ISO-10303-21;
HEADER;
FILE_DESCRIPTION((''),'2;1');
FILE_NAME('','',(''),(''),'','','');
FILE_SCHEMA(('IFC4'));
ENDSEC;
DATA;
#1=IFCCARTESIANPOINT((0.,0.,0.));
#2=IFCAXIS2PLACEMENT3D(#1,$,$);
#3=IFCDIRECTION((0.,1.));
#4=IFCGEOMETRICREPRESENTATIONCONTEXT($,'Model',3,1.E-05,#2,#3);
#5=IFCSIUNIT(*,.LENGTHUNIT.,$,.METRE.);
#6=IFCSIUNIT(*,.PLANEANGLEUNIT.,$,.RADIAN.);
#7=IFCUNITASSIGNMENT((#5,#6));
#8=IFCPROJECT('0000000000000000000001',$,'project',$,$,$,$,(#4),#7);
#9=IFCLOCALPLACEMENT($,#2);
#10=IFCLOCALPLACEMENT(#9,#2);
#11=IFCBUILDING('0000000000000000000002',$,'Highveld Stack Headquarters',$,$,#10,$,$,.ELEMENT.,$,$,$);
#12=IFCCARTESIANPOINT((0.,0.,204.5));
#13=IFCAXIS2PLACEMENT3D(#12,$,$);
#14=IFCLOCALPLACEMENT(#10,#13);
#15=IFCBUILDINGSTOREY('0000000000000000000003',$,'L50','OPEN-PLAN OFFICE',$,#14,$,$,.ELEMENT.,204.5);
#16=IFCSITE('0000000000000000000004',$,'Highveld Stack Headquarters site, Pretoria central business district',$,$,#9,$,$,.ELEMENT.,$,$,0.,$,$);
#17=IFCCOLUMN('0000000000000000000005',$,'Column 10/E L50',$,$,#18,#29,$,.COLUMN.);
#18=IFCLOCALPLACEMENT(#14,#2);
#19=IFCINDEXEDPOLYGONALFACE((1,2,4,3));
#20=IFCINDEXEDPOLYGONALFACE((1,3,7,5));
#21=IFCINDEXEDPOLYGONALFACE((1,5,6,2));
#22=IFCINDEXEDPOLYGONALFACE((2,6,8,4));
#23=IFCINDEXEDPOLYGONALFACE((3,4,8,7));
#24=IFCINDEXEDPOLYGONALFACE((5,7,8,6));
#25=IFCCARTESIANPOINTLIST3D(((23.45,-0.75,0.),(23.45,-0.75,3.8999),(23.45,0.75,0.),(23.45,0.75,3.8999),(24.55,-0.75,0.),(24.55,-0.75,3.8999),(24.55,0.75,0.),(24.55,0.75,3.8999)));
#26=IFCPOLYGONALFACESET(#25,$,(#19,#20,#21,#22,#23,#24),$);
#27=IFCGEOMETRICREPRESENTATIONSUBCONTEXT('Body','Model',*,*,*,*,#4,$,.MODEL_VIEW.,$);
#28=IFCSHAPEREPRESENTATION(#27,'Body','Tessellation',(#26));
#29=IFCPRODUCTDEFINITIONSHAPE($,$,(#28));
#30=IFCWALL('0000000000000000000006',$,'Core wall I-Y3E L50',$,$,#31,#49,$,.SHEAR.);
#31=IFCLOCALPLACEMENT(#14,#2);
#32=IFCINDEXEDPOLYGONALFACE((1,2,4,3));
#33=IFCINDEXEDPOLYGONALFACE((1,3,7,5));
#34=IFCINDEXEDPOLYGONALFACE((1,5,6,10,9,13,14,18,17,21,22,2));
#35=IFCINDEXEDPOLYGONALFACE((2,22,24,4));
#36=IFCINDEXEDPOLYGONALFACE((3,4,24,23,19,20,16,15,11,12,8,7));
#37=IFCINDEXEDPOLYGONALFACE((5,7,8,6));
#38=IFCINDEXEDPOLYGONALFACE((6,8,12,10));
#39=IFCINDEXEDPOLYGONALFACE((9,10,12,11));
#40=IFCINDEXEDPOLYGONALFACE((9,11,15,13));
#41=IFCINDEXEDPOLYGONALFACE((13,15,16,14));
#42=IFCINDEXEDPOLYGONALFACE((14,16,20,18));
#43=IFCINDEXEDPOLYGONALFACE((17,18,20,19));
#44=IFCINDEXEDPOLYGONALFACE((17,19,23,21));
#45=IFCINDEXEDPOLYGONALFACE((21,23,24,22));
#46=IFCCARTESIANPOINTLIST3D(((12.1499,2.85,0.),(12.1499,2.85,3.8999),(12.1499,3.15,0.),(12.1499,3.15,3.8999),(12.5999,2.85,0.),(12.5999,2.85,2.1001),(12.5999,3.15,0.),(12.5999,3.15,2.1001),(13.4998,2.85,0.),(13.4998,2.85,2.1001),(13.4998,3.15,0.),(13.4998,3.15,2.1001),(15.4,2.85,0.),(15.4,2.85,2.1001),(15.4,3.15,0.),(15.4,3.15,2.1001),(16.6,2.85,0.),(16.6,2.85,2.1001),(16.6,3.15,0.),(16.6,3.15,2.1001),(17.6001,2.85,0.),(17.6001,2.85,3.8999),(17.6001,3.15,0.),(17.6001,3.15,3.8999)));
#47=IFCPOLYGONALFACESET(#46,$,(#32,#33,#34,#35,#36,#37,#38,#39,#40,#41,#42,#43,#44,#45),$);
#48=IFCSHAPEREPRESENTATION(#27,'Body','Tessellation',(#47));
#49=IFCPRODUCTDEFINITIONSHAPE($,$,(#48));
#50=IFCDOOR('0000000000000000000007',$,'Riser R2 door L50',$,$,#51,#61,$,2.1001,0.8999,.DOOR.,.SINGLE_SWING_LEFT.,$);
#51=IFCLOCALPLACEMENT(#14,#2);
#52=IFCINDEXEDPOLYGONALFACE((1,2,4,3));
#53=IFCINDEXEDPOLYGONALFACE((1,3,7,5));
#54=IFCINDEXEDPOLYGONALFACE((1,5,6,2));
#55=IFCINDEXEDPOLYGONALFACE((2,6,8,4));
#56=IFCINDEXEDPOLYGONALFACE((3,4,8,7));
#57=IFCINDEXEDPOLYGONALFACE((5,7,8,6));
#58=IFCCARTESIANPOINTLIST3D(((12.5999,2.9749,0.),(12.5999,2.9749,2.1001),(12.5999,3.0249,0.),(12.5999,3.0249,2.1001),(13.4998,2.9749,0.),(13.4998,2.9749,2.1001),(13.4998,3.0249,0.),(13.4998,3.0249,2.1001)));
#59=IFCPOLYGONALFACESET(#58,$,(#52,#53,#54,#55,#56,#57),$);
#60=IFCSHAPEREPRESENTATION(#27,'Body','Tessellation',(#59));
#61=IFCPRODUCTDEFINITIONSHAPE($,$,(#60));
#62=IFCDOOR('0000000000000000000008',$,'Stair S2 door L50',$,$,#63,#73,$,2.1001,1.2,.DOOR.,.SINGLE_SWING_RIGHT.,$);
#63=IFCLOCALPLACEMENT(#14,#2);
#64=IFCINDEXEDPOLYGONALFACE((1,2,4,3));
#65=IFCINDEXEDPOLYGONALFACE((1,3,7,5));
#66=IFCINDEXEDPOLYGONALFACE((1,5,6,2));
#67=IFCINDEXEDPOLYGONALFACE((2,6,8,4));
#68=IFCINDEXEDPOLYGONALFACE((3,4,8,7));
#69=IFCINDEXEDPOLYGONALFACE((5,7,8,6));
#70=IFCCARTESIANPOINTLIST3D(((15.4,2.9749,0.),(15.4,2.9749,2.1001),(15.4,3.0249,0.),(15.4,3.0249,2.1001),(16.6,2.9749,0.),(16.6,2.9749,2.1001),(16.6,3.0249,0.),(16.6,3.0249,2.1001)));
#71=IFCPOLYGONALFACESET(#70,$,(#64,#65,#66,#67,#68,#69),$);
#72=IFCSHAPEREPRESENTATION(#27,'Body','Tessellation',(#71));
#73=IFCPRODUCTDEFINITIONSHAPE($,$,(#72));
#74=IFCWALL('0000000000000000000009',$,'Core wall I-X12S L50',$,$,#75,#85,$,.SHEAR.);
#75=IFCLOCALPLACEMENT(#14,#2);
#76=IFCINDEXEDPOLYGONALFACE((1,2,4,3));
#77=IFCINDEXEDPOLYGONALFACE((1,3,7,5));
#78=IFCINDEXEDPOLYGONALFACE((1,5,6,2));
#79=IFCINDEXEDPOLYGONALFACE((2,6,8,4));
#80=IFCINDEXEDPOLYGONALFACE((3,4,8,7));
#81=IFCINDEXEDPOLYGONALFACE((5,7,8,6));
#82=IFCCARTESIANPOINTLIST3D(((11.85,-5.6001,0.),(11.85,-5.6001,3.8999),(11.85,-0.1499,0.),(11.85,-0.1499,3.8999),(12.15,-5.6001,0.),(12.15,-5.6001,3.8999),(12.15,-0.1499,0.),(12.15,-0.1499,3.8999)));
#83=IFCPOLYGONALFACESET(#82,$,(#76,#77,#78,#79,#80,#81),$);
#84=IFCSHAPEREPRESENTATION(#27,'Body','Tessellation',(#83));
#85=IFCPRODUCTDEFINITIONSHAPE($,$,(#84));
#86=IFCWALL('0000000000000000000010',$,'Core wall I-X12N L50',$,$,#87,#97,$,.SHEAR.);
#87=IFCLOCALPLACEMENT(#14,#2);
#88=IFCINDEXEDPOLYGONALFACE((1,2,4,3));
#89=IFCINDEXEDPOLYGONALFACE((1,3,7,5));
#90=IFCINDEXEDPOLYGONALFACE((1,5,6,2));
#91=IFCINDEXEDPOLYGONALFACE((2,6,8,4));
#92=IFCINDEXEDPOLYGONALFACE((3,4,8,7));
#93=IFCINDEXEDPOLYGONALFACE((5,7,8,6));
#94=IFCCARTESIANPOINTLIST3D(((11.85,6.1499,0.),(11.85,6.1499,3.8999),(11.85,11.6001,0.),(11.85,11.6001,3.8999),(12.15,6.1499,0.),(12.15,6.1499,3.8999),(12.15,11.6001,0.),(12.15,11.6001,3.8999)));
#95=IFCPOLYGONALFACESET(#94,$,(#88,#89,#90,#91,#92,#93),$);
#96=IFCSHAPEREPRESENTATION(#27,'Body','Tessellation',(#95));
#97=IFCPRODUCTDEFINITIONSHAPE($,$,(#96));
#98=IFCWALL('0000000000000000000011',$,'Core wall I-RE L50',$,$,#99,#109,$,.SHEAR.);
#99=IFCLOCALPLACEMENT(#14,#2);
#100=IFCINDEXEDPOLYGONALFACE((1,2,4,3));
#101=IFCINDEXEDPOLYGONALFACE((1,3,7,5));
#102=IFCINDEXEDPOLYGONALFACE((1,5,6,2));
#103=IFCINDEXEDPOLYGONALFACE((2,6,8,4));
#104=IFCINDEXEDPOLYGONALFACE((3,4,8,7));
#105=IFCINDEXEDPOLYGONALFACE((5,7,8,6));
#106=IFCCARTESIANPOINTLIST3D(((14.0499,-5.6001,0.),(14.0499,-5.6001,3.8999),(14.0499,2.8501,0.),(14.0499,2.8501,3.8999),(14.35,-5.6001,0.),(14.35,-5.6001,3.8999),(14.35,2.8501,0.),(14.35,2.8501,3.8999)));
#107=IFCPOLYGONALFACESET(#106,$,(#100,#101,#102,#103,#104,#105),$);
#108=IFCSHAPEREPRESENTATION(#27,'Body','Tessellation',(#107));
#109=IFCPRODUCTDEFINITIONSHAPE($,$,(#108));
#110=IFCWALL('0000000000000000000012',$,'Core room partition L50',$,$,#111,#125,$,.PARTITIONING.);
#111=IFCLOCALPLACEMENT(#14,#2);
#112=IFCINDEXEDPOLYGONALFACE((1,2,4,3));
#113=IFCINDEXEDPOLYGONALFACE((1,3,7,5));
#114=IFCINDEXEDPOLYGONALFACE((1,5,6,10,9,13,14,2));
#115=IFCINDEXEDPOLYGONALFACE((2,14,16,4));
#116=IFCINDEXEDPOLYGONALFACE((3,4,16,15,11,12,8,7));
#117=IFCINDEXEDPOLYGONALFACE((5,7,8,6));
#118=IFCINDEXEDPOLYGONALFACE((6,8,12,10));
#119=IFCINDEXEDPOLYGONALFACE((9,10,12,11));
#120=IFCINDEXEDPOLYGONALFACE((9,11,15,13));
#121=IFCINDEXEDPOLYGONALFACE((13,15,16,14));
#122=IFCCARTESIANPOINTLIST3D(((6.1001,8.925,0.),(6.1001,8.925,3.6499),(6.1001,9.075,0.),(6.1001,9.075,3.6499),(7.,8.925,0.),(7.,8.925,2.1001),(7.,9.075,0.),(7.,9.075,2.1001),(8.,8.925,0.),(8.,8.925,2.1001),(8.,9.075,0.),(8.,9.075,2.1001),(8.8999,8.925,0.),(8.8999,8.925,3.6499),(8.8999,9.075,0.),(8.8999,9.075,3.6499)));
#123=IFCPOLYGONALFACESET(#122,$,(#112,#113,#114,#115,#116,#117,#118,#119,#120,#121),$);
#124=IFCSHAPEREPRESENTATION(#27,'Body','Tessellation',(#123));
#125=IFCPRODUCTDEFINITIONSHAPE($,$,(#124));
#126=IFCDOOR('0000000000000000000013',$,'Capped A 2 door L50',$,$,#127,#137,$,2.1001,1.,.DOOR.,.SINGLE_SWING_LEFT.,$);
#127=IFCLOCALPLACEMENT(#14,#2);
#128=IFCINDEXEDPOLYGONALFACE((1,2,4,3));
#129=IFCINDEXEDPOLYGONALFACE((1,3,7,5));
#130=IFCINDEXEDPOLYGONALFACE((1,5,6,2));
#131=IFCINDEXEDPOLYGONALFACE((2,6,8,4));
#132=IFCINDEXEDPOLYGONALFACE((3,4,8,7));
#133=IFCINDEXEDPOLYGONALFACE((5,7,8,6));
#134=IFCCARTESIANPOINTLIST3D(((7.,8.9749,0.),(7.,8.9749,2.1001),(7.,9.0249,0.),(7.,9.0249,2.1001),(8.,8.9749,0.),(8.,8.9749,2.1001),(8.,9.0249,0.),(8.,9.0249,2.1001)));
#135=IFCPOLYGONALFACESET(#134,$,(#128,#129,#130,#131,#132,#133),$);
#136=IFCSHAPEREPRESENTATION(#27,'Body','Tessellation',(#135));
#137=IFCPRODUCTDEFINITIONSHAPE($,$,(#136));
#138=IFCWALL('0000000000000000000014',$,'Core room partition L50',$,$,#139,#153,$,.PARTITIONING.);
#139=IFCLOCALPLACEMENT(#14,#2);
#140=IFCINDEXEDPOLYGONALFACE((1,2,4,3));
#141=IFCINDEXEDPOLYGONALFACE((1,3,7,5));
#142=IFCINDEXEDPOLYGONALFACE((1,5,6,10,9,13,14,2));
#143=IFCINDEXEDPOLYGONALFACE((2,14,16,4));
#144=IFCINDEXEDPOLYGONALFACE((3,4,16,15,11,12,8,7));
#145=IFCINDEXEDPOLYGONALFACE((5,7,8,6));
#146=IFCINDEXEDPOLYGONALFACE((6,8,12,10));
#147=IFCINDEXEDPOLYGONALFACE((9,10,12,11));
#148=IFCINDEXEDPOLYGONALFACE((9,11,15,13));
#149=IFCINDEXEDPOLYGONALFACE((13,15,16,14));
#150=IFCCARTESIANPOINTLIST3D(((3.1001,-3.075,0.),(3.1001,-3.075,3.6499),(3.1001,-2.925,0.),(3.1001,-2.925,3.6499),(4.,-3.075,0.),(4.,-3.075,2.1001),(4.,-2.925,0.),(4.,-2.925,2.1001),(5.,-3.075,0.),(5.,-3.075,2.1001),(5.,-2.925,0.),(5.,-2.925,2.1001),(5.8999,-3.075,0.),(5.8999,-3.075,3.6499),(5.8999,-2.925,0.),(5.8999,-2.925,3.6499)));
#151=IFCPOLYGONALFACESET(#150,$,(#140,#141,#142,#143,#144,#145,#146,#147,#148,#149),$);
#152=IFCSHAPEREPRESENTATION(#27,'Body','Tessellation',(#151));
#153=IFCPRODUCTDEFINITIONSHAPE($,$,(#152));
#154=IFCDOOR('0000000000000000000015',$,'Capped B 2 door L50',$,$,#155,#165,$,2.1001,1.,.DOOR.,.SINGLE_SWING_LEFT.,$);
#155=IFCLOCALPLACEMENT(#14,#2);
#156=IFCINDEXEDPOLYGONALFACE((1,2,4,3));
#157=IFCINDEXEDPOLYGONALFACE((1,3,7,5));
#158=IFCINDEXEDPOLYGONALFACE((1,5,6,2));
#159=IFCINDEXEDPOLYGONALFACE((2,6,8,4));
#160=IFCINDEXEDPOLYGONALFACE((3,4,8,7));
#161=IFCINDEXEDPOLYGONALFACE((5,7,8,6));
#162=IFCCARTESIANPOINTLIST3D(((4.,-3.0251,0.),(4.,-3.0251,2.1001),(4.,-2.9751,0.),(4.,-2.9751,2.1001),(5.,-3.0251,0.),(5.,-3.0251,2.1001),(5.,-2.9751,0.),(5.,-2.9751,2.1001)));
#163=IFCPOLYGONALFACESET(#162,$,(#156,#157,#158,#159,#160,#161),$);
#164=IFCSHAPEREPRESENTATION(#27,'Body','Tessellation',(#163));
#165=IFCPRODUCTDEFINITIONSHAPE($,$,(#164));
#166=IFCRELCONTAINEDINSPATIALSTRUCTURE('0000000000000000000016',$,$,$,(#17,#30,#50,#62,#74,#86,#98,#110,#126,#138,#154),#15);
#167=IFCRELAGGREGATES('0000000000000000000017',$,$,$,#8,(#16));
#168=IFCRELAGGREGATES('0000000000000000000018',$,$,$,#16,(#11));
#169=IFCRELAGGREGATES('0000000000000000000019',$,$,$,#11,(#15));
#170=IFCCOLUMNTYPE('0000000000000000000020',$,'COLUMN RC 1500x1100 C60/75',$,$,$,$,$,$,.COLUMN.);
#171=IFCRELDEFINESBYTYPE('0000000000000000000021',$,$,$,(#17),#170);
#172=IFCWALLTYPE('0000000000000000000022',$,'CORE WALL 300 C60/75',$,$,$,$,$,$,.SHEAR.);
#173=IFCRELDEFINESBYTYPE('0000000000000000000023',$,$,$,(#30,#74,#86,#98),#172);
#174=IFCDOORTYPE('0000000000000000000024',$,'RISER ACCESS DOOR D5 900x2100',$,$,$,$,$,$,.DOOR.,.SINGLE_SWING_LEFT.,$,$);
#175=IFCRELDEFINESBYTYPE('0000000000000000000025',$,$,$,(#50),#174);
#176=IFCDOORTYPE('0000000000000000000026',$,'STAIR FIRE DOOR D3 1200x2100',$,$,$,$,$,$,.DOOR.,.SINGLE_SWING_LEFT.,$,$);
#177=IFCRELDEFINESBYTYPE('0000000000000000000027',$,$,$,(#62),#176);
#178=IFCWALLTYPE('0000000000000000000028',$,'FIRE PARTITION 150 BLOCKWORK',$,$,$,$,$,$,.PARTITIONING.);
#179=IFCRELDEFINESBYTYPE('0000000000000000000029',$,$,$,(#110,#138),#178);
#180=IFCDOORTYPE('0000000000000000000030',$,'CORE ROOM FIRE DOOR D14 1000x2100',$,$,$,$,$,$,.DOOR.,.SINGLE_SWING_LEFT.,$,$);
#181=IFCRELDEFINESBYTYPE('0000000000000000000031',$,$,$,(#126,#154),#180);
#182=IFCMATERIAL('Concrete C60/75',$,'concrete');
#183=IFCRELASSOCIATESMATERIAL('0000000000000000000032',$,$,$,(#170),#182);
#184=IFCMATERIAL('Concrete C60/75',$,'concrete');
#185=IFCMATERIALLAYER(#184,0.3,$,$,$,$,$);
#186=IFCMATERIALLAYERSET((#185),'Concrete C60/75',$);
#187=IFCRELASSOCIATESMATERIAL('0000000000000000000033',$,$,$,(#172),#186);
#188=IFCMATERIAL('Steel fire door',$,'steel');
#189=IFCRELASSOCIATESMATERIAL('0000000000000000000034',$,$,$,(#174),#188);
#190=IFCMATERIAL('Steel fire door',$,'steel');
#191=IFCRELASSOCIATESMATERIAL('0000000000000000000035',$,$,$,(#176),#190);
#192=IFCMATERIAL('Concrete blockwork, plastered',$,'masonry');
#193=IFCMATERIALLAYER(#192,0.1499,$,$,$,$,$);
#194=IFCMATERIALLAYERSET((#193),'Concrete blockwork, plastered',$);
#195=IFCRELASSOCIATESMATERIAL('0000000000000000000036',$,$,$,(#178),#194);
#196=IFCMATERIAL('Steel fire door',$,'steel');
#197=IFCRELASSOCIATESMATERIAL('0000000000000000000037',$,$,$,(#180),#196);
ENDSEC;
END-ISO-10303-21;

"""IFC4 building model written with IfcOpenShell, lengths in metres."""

from ifc_helpers import new_model, si_unit, direction, frame, frame_2d, origin, origin_2d, place, context, subcontext, project, spatial, rectangle, extrude, material, layer, layer_set, material_profile, profile_set, type_object, element, fill, save


model = new_model("IFC4")

# Units and contexts
model_context = context("Model", 3, precision=1e-05, world=origin(), true_north=direction((0.0, 1.0)))
body_context = subcontext(model_context, "Body", "Model", "MODEL_VIEW")
ifc_project = project(units=[si_unit("LENGTHUNIT", "METRE"), si_unit("PLANEANGLEUNIT", "RADIAN")], contexts=[model_context])

# Site, building, storey
site_placement = place(None, origin())
site = spatial("IfcSite", under=ifc_project, at=site_placement, Name="Highveld Stack Headquarters site, Pretoria central business district", CompositionType="ELEMENT", RefElevation=0.0)
building_placement = place(site_placement, origin())
building = spatial("IfcBuilding", under=site, at=building_placement, Name="Highveld Stack Headquarters", CompositionType="ELEMENT")
storey_placement = place(building_placement, frame((0.0, 0.0, 204.5)))
storey = spatial("IfcBuildingStorey", under=building, at=storey_placement, Name="L50", Description="OPEN-PLAN OFFICE", CompositionType="ELEMENT", Elevation=204.5)

# Column
ifc_material_1 = material(Name="Concrete C60/75", Category="concrete")
ifc_material_profile = material_profile(ifc_material_1, rectangle(XDim=1.5, YDim=1.1001, at=origin_2d()), Name="RC 1500x1100")
ifc_profile_set = profile_set([ifc_material_profile], Name="Concrete C60/75")
column_type = type_object("IfcColumnType", Name="COLUMN RC 1500x1100 C60/75", PredefinedType="COLUMN", material=ifc_profile_set)
column_placement = place(storey_placement, frame((24.0, 0.0, 0.0), z_axis=(0.0, 0.0, 1.0), x_axis=(0.0, 1.0, 0.0)))
element("IfcColumn", 1, at=column_placement, inside=storey, type_object=column_type, Name="Column 10/E L50", PredefinedType="COLUMN", context=body_context, shape_type="SweptSolid", body=[
    extrude(rectangle(XDim=1.5, YDim=1.1001, at=origin_2d()), origin(), (0.0, 0.0, 1.0), 3.8999),
])

# Wall, openings, doors
ifc_material_2 = material(Name="Concrete C60/75", Category="concrete")
ifc_layer_1 = layer(ifc_material_2, 0.3)
ifc_layer_set_1 = layer_set([ifc_layer_1], Name="Concrete C60/75")
wall_type_1 = type_object("IfcWallType", Name="CORE WALL 300 C60/75", PredefinedType="SHEAR", material=ifc_layer_set_1)
wall_1_placement = place(storey_placement, frame((12.1499, 3.0, 0.0), z_axis=(0.0, 0.0, 1.0), x_axis=(1.0, 0.0, 0.0)))
wall_1 = element("IfcWall", 2, at=wall_1_placement, inside=storey, type_object=wall_type_1, Name="Core wall I-Y3E L50", PredefinedType="SHEAR", context=body_context, shape_type="SweptSolid", body=[
    extrude(rectangle(XDim=5.4502, YDim=0.3, at=frame_2d((2.7251, 0.0))), origin(), (0.0, 0.0, 1.0), 3.8999),
])
opening_1_placement = place(wall_1_placement, frame((3.25, 0.0, 0.0)))
opening_1 = element("IfcOpeningElement", 3, at=opening_1_placement, cuts=wall_1, PredefinedType="OPENING", context=body_context, shape_type="SweptSolid", body=[
    extrude(rectangle(XDim=1.2, YDim=2.1001, at=frame_2d((0.6001, 1.05))), frame((0.0, 0.1599, 0.0), z_axis=(0.0, -1.0, 0.0), x_axis=(1.0, 0.0, 0.0)), (0.0, 0.0, 1.0), 0.3201),
])
opening_2_placement = place(wall_1_placement, frame((0.45, 0.0, 0.0)))
opening_2 = element("IfcOpeningElement", 4, at=opening_2_placement, cuts=wall_1, PredefinedType="OPENING", context=body_context, shape_type="SweptSolid", body=[
    extrude(rectangle(XDim=0.8999, YDim=2.1001, at=frame_2d((0.45, 1.05))), frame((0.0, 0.1599, 0.0), z_axis=(0.0, -1.0, 0.0), x_axis=(1.0, 0.0, 0.0)), (0.0, 0.0, 1.0), 0.3201),
])
ifc_material_3 = material(Name="Steel fire door", Category="steel")
door_type_1 = type_object("IfcDoorType", Name="RISER ACCESS DOOR D5 900x2100", OperationType="SINGLE_SWING_LEFT", PredefinedType="DOOR", material=ifc_material_3)
door_1_placement = place(opening_2_placement, origin())
door_1 = element("IfcDoor", 5, at=door_1_placement, inside=storey, type_object=door_type_1, Name="Riser R2 door L50", OperationType="SINGLE_SWING_LEFT", OverallHeight=2.1001, OverallWidth=0.8999, PredefinedType="DOOR", context=body_context, shape_type="SweptSolid", body=[
    extrude(rectangle(XDim=0.8999, YDim=2.1001, at=frame_2d((0.45, 1.05))), frame((0.0, 0.0249, 0.0), z_axis=(0.0, -1.0, 0.0), x_axis=(1.0, 0.0, 0.0)), (0.0, 0.0, 1.0), 0.05),
])
fill(opening_2, door_1)
ifc_material_4 = material(Name="Steel fire door", Category="steel")
door_type_2 = type_object("IfcDoorType", Name="STAIR FIRE DOOR D3 1200x2100", OperationType="SINGLE_SWING_LEFT", PredefinedType="DOOR", material=ifc_material_4)
door_2_placement = place(opening_1_placement, origin())
door_2 = element("IfcDoor", 6, at=door_2_placement, inside=storey, type_object=door_type_2, Name="Stair S2 door L50", OperationType="SINGLE_SWING_RIGHT", OverallHeight=2.1001, OverallWidth=1.2, PredefinedType="DOOR", context=body_context, shape_type="SweptSolid", body=[
    extrude(rectangle(XDim=1.2, YDim=2.1001, at=frame_2d((0.6001, 1.05))), frame((0.0, 0.0249, 0.0), z_axis=(0.0, -1.0, 0.0), x_axis=(1.0, 0.0, 0.0)), (0.0, 0.0, 1.0), 0.05),
])
fill(opening_1, door_2)

# Walls
for number, where, z_axis, x_axis, name in (
    (7, (12.0, -5.6001, 0.0), (0.0, 0.0, 1.0), (0.0, 1.0, 0.0), "Core wall I-X12S L50"),
    (8, (12.0, 6.1499, 0.0), (0.0, 0.0, 1.0), (0.0, 1.0, 0.0), "Core wall I-X12N L50"),
):
    element("IfcWall", number, at=place(storey_placement, frame(where, z_axis=z_axis, x_axis=x_axis)), inside=storey, type_object=wall_type_1, Name=name, PredefinedType="SHEAR", context=body_context, shape_type="SweptSolid", body=[
        extrude(rectangle(XDim=5.4502, YDim=0.3, at=frame_2d((2.7251, 0.0))), origin(), (0.0, 0.0, 1.0), 3.8999),
    ])
wall_2_placement = place(storey_placement, frame((14.2, -5.6001, 0.0), z_axis=(0.0, 0.0, 1.0), x_axis=(0.0, 1.0, 0.0)))
element("IfcWall", 9, at=wall_2_placement, inside=storey, type_object=wall_type_1, Name="Core wall I-RE L50", PredefinedType="SHEAR", context=body_context, shape_type="SweptSolid", body=[
    extrude(rectangle(XDim=8.4502, YDim=0.3, at=frame_2d((4.2251, 0.0))), origin(), (0.0, 0.0, 1.0), 3.8999),
])

# Walls, openings, doors
ifc_material_5 = material(Name="Concrete blockwork, plastered", Category="masonry")
ifc_layer_2 = layer(ifc_material_5, 0.1499)
ifc_layer_set_2 = layer_set([ifc_layer_2], Name="Concrete blockwork, plastered")
wall_type_2 = type_object("IfcWallType", Name="FIRE PARTITION 150 BLOCKWORK", PredefinedType="PARTITIONING", material=ifc_layer_set_2)
wall_3_placement = place(storey_placement, frame((6.1001, 9.0, 0.0), z_axis=(0.0, 0.0, 1.0), x_axis=(1.0, 0.0, 0.0)))
wall_3 = element("IfcWall", 10, at=wall_3_placement, inside=storey, type_object=wall_type_2, Name="Core room partition L50", PredefinedType="PARTITIONING", context=body_context, shape_type="SweptSolid", body=[
    extrude(rectangle(XDim=2.7998, YDim=0.1499, at=frame_2d((1.3999, 0.0))), origin(), (0.0, 0.0, 1.0), 3.6499),
])
opening_3_placement = place(wall_3_placement, frame((0.8999, 0.0, 0.0)))
opening_3 = element("IfcOpeningElement", 11, at=opening_3_placement, cuts=wall_3, PredefinedType="OPENING", context=body_context, shape_type="SweptSolid", body=[
    extrude(rectangle(XDim=1.0, YDim=2.1001, at=frame_2d((0.5, 1.05))), frame((0.0, 0.085, 0.0), z_axis=(0.0, -1.0, 0.0), x_axis=(1.0, 0.0, 0.0)), (0.0, 0.0, 1.0), 0.1699),
])
ifc_material_6 = material(Name="Steel fire door", Category="steel")
door_type_3 = type_object("IfcDoorType", Name="CORE ROOM FIRE DOOR D14 1000x2100", OperationType="SINGLE_SWING_LEFT", PredefinedType="DOOR", material=ifc_material_6)
door_3_placement = place(opening_3_placement, origin())
door_3 = element("IfcDoor", 12, at=door_3_placement, inside=storey, type_object=door_type_3, Name="Capped A 2 door L50", OperationType="SINGLE_SWING_LEFT", OverallHeight=2.1001, OverallWidth=1.0, PredefinedType="DOOR", context=body_context, shape_type="SweptSolid", body=[
    extrude(rectangle(XDim=1.0, YDim=2.1001, at=frame_2d((0.5, 1.05))), frame((0.0, 0.0249, 0.0), z_axis=(0.0, -1.0, 0.0), x_axis=(1.0, 0.0, 0.0)), (0.0, 0.0, 1.0), 0.05),
])
fill(opening_3, door_3)
wall_4_placement = place(storey_placement, frame((3.1001, -3.0, 0.0), z_axis=(0.0, 0.0, 1.0), x_axis=(1.0, 0.0, 0.0)))
wall_4 = element("IfcWall", 13, at=wall_4_placement, inside=storey, type_object=wall_type_2, Name="Core room partition L50", PredefinedType="PARTITIONING", context=body_context, shape_type="SweptSolid", body=[
    extrude(rectangle(XDim=2.7998, YDim=0.1499, at=frame_2d((1.3999, 0.0))), origin(), (0.0, 0.0, 1.0), 3.6499),
])
opening_4_placement = place(wall_4_placement, frame((0.8999, 0.0, 0.0)))
opening_4 = element("IfcOpeningElement", 14, at=opening_4_placement, cuts=wall_4, PredefinedType="OPENING", context=body_context, shape_type="SweptSolid", body=[
    extrude(rectangle(XDim=1.0, YDim=2.1001, at=frame_2d((0.5, 1.05))), frame((0.0, 0.085, 0.0), z_axis=(0.0, -1.0, 0.0), x_axis=(1.0, 0.0, 0.0)), (0.0, 0.0, 1.0), 0.1699),
])
door_4_placement = place(opening_4_placement, origin())
door_4 = element("IfcDoor", 15, at=door_4_placement, inside=storey, type_object=door_type_3, Name="Capped B 2 door L50", OperationType="SINGLE_SWING_LEFT", OverallHeight=2.1001, OverallWidth=1.0, PredefinedType="DOOR", context=body_context, shape_type="SweptSolid", body=[
    extrude(rectangle(XDim=1.0, YDim=2.1001, at=frame_2d((0.5, 1.05))), frame((0.0, 0.0249, 0.0), z_axis=(0.0, -1.0, 0.0), x_axis=(1.0, 0.0, 0.0)), (0.0, 0.0, 1.0), 0.05),
])
fill(opening_4, door_4)

save(model, "model.ifc")
